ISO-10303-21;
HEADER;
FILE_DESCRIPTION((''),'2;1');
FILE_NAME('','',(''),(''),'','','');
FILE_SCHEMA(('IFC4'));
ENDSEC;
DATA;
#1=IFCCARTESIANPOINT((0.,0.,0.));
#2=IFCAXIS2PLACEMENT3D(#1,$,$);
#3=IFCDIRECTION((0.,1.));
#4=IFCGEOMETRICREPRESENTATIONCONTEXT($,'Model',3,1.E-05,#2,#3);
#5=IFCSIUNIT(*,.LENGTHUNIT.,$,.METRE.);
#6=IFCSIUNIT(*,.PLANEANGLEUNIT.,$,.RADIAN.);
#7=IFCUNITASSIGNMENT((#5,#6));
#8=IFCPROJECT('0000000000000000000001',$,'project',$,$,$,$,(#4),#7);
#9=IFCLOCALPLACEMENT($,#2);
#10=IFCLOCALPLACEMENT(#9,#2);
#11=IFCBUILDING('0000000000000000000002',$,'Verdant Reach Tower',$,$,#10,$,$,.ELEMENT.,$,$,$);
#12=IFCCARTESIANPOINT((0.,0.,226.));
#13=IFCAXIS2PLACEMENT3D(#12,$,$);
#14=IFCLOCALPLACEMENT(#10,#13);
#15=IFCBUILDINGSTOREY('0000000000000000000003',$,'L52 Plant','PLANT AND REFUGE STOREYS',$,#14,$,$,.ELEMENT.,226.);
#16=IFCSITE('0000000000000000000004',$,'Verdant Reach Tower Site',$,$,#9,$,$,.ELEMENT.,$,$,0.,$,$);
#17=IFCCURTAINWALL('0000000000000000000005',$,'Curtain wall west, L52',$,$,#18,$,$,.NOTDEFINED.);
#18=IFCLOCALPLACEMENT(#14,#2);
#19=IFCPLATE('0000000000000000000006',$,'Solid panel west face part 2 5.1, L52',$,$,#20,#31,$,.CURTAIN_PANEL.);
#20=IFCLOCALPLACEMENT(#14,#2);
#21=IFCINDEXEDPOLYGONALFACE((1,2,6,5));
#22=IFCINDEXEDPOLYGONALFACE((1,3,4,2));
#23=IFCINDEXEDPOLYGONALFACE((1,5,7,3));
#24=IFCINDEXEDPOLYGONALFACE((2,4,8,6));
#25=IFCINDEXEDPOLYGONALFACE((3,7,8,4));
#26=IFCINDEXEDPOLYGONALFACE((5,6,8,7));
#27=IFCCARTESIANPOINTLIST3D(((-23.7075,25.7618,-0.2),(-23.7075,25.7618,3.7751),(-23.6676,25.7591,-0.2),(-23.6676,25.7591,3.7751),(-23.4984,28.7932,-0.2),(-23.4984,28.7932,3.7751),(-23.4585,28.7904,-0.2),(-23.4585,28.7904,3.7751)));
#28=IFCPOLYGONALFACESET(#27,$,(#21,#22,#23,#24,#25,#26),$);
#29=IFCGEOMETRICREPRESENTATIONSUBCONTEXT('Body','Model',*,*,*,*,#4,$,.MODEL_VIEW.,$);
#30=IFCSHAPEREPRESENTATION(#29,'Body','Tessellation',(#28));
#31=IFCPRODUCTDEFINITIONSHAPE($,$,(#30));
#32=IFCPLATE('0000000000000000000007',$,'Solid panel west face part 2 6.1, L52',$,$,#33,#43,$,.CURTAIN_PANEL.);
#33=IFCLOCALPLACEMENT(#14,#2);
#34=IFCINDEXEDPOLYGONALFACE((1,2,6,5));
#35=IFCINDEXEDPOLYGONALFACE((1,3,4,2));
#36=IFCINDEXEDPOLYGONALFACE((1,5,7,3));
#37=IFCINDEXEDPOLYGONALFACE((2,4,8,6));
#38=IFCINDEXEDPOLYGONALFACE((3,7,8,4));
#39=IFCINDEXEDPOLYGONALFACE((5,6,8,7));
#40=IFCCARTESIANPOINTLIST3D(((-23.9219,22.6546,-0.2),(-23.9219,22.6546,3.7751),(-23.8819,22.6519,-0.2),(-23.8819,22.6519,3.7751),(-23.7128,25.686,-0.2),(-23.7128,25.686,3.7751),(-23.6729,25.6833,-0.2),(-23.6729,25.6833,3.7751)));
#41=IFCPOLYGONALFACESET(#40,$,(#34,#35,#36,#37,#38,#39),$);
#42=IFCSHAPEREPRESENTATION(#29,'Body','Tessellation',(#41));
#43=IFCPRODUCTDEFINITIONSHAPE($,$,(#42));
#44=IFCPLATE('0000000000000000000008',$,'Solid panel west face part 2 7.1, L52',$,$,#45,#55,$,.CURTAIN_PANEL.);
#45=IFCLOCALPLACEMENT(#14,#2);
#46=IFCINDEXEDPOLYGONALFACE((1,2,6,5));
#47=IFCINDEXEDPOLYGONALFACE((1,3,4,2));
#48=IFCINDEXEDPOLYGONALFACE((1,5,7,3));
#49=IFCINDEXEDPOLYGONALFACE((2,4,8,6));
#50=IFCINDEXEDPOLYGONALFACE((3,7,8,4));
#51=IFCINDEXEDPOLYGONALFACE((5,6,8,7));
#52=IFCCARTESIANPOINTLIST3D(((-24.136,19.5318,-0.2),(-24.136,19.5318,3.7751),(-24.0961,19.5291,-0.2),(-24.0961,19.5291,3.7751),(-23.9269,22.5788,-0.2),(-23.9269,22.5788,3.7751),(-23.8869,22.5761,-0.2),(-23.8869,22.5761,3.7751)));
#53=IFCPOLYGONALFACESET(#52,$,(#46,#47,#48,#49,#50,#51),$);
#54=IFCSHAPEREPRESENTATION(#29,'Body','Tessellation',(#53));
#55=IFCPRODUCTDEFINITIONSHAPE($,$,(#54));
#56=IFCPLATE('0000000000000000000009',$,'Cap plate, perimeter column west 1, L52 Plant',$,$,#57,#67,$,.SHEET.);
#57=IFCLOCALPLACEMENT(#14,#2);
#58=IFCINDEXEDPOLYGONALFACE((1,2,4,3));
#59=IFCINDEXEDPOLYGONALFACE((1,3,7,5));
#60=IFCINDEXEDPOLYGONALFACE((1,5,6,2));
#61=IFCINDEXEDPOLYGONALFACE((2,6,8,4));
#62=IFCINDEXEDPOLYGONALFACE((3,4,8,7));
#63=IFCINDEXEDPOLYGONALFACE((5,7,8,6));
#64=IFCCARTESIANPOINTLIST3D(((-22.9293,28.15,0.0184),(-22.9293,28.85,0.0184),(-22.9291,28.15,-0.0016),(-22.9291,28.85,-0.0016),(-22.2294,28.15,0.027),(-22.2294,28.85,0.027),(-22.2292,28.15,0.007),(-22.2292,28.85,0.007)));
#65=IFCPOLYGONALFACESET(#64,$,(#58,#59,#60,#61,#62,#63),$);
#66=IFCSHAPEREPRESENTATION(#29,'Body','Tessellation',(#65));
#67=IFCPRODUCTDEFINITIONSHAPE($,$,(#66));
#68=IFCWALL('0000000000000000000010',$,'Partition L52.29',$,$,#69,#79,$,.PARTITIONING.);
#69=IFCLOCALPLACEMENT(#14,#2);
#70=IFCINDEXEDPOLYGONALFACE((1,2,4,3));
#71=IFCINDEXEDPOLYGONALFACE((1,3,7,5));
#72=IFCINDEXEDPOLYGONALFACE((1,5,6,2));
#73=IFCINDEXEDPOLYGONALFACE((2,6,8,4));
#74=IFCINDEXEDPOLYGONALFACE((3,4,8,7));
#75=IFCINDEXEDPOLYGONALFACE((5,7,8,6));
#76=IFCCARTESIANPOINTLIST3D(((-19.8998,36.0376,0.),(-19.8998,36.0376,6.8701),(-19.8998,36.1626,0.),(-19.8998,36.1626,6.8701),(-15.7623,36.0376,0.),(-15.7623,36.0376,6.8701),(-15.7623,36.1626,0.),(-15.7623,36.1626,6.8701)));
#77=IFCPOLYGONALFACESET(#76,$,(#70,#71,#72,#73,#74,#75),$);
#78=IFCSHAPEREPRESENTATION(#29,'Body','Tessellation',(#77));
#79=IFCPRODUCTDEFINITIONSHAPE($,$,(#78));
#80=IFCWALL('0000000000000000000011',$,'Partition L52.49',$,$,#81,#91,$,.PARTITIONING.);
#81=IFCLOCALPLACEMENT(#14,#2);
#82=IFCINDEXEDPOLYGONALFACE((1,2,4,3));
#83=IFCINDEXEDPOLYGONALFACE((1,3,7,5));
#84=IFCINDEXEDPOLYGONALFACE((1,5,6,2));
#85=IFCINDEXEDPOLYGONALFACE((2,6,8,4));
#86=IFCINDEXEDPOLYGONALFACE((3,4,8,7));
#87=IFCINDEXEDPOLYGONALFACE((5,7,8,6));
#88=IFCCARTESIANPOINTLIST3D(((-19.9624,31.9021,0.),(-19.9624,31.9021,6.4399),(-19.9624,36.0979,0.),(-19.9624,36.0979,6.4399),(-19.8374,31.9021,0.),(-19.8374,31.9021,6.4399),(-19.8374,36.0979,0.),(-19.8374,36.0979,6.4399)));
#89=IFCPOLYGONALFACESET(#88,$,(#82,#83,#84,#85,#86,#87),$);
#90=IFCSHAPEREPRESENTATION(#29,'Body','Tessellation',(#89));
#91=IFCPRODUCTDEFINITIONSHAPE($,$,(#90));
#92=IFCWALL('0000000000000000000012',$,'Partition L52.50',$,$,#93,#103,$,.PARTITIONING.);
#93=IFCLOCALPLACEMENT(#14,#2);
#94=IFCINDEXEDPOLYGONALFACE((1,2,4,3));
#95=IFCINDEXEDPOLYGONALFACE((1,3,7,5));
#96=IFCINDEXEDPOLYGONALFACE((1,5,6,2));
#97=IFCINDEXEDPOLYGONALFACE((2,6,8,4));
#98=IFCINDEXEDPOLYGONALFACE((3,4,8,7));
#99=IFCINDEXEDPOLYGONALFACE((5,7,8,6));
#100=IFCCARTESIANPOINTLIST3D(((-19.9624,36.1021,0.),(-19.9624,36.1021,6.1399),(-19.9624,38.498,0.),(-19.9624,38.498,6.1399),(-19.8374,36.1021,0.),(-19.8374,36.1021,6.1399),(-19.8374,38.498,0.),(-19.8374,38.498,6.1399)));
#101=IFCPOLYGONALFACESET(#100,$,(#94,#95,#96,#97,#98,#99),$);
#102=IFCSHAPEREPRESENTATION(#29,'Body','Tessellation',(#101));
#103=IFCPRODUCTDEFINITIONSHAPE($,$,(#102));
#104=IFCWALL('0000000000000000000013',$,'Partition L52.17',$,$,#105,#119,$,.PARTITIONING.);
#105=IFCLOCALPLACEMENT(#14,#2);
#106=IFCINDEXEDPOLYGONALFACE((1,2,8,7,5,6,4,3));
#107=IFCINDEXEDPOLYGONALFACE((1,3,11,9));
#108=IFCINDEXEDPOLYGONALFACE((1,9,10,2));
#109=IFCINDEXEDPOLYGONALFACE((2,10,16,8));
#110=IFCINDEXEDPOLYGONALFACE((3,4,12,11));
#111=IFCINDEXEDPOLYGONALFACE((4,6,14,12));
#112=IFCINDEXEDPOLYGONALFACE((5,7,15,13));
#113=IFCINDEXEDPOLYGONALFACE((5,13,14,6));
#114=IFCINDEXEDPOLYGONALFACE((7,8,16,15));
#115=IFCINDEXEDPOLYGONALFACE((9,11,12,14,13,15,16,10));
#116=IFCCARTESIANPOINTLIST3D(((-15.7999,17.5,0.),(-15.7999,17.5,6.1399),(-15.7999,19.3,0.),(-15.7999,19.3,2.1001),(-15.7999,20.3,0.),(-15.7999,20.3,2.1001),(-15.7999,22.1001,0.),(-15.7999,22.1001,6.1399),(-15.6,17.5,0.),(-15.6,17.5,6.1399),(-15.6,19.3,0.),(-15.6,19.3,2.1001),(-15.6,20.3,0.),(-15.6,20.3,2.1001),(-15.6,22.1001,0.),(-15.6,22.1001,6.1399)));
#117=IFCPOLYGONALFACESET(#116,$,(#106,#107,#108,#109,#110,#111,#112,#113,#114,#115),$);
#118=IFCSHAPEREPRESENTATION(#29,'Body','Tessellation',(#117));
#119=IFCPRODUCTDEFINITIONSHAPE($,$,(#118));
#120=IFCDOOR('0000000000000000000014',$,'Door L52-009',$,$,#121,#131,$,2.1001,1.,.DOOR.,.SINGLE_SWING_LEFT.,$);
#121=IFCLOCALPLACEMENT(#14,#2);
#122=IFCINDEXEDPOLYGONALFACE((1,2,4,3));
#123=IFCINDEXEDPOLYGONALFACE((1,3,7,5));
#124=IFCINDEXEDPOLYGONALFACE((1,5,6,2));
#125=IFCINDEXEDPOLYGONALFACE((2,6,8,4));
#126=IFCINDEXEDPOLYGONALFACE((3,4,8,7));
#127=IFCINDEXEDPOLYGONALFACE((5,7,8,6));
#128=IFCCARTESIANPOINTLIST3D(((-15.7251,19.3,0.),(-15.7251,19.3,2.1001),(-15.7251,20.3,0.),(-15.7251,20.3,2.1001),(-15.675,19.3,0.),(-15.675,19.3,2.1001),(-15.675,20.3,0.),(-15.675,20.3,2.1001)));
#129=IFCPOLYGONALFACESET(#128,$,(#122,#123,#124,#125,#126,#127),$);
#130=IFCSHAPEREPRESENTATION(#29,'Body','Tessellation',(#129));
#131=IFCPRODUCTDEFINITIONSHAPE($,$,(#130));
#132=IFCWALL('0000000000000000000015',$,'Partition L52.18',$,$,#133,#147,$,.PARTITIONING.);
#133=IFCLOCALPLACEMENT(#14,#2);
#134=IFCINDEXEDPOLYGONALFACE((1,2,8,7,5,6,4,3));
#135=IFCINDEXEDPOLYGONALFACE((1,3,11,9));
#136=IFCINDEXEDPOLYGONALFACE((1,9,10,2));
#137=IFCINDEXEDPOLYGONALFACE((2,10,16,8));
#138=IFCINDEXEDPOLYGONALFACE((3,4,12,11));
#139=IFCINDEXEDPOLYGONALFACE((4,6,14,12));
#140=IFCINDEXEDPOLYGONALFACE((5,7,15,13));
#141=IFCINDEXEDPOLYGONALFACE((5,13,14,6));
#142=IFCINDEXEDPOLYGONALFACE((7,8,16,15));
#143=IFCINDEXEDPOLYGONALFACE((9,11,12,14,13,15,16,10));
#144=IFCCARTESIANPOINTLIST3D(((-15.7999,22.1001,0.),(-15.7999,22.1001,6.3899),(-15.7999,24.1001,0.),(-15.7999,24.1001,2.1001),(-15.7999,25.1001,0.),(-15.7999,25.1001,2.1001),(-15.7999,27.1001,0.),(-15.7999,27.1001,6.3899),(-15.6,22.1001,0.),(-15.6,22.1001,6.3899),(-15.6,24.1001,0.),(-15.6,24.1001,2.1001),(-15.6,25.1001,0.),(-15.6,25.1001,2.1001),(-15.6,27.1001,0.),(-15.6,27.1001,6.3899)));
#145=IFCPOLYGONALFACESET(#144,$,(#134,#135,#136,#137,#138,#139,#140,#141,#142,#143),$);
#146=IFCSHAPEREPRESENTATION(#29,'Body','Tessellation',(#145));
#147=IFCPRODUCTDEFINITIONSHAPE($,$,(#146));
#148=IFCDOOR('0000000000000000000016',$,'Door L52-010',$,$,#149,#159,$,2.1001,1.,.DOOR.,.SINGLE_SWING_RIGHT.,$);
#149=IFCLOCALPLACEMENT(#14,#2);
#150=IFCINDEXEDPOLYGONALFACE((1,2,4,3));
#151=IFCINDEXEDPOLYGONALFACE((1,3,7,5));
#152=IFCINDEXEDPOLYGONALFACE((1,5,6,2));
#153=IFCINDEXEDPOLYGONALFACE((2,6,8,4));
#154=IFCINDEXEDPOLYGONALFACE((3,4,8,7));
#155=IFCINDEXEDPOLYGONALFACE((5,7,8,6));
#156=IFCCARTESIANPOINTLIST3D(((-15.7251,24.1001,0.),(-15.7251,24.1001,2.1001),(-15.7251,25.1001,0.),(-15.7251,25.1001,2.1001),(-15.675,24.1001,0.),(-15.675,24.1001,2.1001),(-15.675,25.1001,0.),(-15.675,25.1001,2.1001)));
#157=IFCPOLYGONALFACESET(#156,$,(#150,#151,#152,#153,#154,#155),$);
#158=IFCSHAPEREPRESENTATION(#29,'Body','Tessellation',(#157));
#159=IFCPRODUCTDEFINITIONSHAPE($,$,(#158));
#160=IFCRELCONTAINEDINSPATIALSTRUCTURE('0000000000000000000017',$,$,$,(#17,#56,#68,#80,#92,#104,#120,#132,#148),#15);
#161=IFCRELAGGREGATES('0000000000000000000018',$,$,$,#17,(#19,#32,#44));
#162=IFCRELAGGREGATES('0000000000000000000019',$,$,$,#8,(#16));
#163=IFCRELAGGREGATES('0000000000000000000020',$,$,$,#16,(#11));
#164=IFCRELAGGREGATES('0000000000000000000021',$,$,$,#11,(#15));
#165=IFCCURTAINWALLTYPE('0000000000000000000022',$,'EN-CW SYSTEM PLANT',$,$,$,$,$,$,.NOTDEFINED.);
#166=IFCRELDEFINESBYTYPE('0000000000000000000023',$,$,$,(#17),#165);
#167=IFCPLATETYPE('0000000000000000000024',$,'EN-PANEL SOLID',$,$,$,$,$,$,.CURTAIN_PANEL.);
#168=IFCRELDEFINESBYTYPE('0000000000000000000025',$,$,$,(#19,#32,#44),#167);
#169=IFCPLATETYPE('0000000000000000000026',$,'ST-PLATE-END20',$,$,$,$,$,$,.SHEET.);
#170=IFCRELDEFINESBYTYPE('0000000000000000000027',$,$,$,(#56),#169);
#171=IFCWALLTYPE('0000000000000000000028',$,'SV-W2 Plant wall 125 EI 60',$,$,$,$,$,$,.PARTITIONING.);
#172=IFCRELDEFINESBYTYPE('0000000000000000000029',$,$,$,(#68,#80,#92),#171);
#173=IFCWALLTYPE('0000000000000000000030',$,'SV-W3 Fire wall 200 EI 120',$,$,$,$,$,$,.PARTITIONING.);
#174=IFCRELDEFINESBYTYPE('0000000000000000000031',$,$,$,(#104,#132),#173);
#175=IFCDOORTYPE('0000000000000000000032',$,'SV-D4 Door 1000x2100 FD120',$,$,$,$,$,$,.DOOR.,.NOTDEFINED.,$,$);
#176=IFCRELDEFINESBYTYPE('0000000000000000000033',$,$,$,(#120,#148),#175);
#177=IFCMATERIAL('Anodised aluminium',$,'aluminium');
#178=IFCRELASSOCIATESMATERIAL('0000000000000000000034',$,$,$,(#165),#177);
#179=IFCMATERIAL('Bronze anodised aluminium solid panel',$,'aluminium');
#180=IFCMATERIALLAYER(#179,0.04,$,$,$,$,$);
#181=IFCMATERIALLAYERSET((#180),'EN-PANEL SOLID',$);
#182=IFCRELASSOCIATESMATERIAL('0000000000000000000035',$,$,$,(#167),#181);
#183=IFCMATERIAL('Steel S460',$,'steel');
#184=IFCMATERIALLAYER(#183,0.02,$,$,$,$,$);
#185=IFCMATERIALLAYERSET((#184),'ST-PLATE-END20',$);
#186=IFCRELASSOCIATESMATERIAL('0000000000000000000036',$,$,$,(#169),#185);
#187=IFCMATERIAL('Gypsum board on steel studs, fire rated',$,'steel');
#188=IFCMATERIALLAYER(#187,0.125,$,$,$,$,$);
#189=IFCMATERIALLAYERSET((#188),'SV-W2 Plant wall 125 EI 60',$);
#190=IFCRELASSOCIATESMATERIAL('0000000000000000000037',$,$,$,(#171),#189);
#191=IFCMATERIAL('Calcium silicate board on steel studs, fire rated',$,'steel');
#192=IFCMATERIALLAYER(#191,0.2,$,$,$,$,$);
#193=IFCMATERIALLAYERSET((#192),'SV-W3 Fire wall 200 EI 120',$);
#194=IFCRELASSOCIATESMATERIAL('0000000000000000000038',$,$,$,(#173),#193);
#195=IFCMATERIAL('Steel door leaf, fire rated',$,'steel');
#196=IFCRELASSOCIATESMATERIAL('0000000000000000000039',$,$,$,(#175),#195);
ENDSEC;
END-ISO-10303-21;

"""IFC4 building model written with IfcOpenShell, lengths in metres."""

from ifc_helpers import new_model, si_unit, direction, frame, frame_2d, origin, origin_2d, place, context, subcontext, project, spatial, rectangle, extrude, material, layer, layer_set, type_object, element, fill, aggregate, save


model = new_model("IFC4")

# Units and contexts
model_context = context("Model", 3, precision=1e-05, world=origin(), true_north=direction((0.0, 1.0)))
body_context = subcontext(model_context, "Body", "Model", "MODEL_VIEW")
ifc_project = project(units=[si_unit("LENGTHUNIT", "METRE"), si_unit("PLANEANGLEUNIT", "RADIAN")], contexts=[model_context])

# Site, building, storey
site_placement = place(None, origin())
site = spatial("IfcSite", under=ifc_project, at=site_placement, Name="Verdant Reach Tower Site", CompositionType="ELEMENT", RefElevation=0.0)
building_placement = place(site_placement, origin())
building = spatial("IfcBuilding", under=site, at=building_placement, Name="Verdant Reach Tower", CompositionType="ELEMENT")
storey_placement = place(building_placement, frame((0.0, 0.0, 226.0)))
storey = spatial("IfcBuildingStorey", under=building, at=storey_placement, Name="L52 Plant", Description="PLANT AND REFUGE STOREYS", CompositionType="ELEMENT", Elevation=226.0)

# Shared definitions
ifc_material_1 = material(Name="Steel S460", Category="steel")

# Curtain wall
ifc_material_2 = material(Name="Anodised aluminium", Category="aluminium")
curtain_wall_type = type_object("IfcCurtainWallType", Name="EN-CW SYSTEM PLANT", PredefinedType="NOTDEFINED", material=ifc_material_2)
curtain_wall_1_placement = place(storey_placement, origin())
curtain_wall_1 = element("IfcCurtainWall", 1, at=curtain_wall_1_placement, inside=storey, type_object=curtain_wall_type, Name="Curtain wall west, L52", PredefinedType="NOTDEFINED")

# Plates
ifc_material_3 = material(Name="Bronze anodised aluminium solid panel", Category="aluminium")
ifc_layer_1 = layer(ifc_material_3, 0.04)
ifc_layer_set_1 = layer_set([ifc_layer_1], Name="EN-PANEL SOLID")
plate_type_1 = type_object("IfcPlateType", Name="EN-PANEL SOLID", PredefinedType="CURTAIN_PANEL", material=ifc_layer_set_1)
plate_1_placement = place(storey_placement, frame((-23.583, 27.2761, -0.2), z_axis=(0.0, 0.0, 1.0), x_axis=(-0.068802, -0.99763, 0.0)))
plate_1 = element("IfcPlate", 2, at=plate_1_placement, type_object=plate_type_1, Name="Solid panel west face part 2 5.1, L52", PredefinedType="CURTAIN_PANEL", context=body_context, shape_type="SweptSolid", body=[
    extrude(rectangle(XDim=3.0386, YDim=0.04, at=origin_2d()), origin(), (0.0, 0.0, 1.0), 3.9751),
])
plate_2_placement = place(storey_placement, frame((-23.7974, 24.1689, -0.2), z_axis=(0.0, 0.0, 1.0), x_axis=(-0.068802, -0.99763, 0.0)))
plate_2 = element("IfcPlate", 3, at=plate_2_placement, type_object=plate_type_1, Name="Solid panel west face part 2 6.1, L52", PredefinedType="CURTAIN_PANEL", context=body_context, shape_type="SweptSolid", body=[
    extrude(rectangle(XDim=3.0386, YDim=0.04, at=origin_2d()), origin(), (0.0, 0.0, 1.0), 3.9751),
])
plate_3_placement = place(storey_placement, frame((-24.0115, 21.054, -0.2), z_axis=(0.0, 0.0, 1.0), x_axis=(-0.068469, -0.997653, 0.0)))
plate_3 = element("IfcPlate", 4, at=plate_3_placement, type_object=plate_type_1, Name="Solid panel west face part 2 7.1, L52", PredefinedType="CURTAIN_PANEL", context=body_context, shape_type="SweptSolid", body=[
    extrude(rectangle(XDim=3.0542, YDim=0.04, at=origin_2d()), origin(), (0.0, 0.0, 1.0), 3.9751),
])
ifc_layer_2 = layer(ifc_material_1, 0.02)
ifc_layer_set_2 = layer_set([ifc_layer_2], Name="ST-PLATE-END20")
plate_type_2 = type_object("IfcPlateType", Name="ST-PLATE-END20", PredefinedType="SHEET", material=ifc_layer_set_2)
plate_4_placement = place(storey_placement, frame((-22.5791, 28.5, 0.0027), z_axis=(-0.012194, 0.0, 0.999926), x_axis=(0.0, -1.0, 0.0)))
element("IfcPlate", 5, at=plate_4_placement, inside=storey, type_object=plate_type_2, Name="Cap plate, perimeter column west 1, L52 Plant", PredefinedType="SHEET", context=body_context, shape_type="SweptSolid", body=[
    extrude(rectangle(XDim=0.7, YDim=0.7, at=origin_2d()), origin(), (0.0, 0.0, 1.0), 0.02),
])

# Walls
ifc_material_4 = material(Name="Gypsum board on steel studs, fire rated", Category="steel")
ifc_layer_3 = layer(ifc_material_4, 0.125)
ifc_layer_set_3 = layer_set([ifc_layer_3], Name="SV-W2 Plant wall 125 EI 60")
wall_type_1 = type_object("IfcWallType", Name="SV-W2 Plant wall 125 EI 60", PredefinedType="PARTITIONING", material=ifc_layer_set_3)
wall_1_placement = place(storey_placement, frame((-19.8999, 36.1001, 0.0), z_axis=(0.0, 0.0, 1.0), x_axis=(1.0, 0.0, 0.0)))
element("IfcWall", 6, at=wall_1_placement, inside=storey, type_object=wall_type_1, Name="Partition L52.29", PredefinedType="PARTITIONING", context=body_context, shape_type="SweptSolid", body=[
    extrude(rectangle(XDim=4.1375, YDim=0.125, at=frame_2d((2.0688, 0.0))), origin(), (0.0, 0.0, 1.0), 6.8701),
])
wall_2_placement = place(storey_placement, frame((-19.8999, 31.9021, 0.0), z_axis=(0.0, 0.0, 1.0), x_axis=(0.0, 1.0, 0.0)))
element("IfcWall", 7, at=wall_2_placement, inside=storey, type_object=wall_type_1, Name="Partition L52.49", PredefinedType="PARTITIONING", context=body_context, shape_type="SweptSolid", body=[
    extrude(rectangle(XDim=4.1958, YDim=0.125, at=frame_2d((2.0979, 0.0))), origin(), (0.0, 0.0, 1.0), 6.4399),
])
wall_3_placement = place(storey_placement, frame((-19.8999, 36.1021, 0.0), z_axis=(0.0, 0.0, 1.0), x_axis=(0.0, 1.0, 0.0)))
element("IfcWall", 8, at=wall_3_placement, inside=storey, type_object=wall_type_1, Name="Partition L52.50", PredefinedType="PARTITIONING", context=body_context, shape_type="SweptSolid", body=[
    extrude(rectangle(XDim=2.396, YDim=0.125, at=frame_2d((1.198, 0.0))), origin(), (0.0, 0.0, 1.0), 6.1399),
])

# Walls, openings, doors
ifc_material_5 = material(Name="Calcium silicate board on steel studs, fire rated", Category="steel")
ifc_layer_4 = layer(ifc_material_5, 0.2)
ifc_layer_set_4 = layer_set([ifc_layer_4], Name="SV-W3 Fire wall 200 EI 120")
wall_type_2 = type_object("IfcWallType", Name="SV-W3 Fire wall 200 EI 120", PredefinedType="PARTITIONING", material=ifc_layer_set_4)
wall_4_placement = place(storey_placement, frame((-15.7, 22.1001, 0.0), z_axis=(0.0, 0.0, 1.0), x_axis=(0.0, -1.0, 0.0)))
wall_4 = element("IfcWall", 9, at=wall_4_placement, inside=storey, type_object=wall_type_2, Name="Partition L52.17", PredefinedType="PARTITIONING", context=body_context, shape_type="SweptSolid", body=[
    extrude(rectangle(XDim=4.6001, YDim=0.2, at=frame_2d((2.3, 0.0))), origin(), (0.0, 0.0, 1.0), 6.1399),
])
opening_1_placement = place(wall_4_placement, frame((1.8, 0.0, 0.0)))
opening_1 = element("IfcOpeningElement", 10, at=opening_1_placement, cuts=wall_4, PredefinedType="OPENING", context=body_context, shape_type="SweptSolid", body=[
    extrude(rectangle(XDim=1.0, YDim=2.1001, at=frame_2d((0.5, 1.05))), frame((0.0, 0.1099, 0.0), z_axis=(0.0, -1.0, 0.0), x_axis=(1.0, 0.0, 0.0)), (0.0, 0.0, 1.0), 0.22),
])
ifc_material_6 = material(Name="Steel door leaf, fire rated", Category="steel")
door_type = type_object("IfcDoorType", Name="SV-D4 Door 1000x2100 FD120", OperationType="NOTDEFINED", PredefinedType="DOOR", material=ifc_material_6)
door_1_placement = place(opening_1_placement, origin())
door_1 = element("IfcDoor", 11, at=door_1_placement, inside=storey, type_object=door_type, Name="Door L52-009", OperationType="SINGLE_SWING_LEFT", OverallHeight=2.1001, OverallWidth=1.0, PredefinedType="DOOR", context=body_context, shape_type="SweptSolid", body=[
    extrude(rectangle(XDim=1.0, YDim=2.1001, at=frame_2d((0.5, 1.05))), frame((0.0, 0.0249, 0.0), z_axis=(0.0, -1.0, 0.0), x_axis=(1.0, 0.0, 0.0)), (0.0, 0.0, 1.0), 0.05),
])
fill(opening_1, door_1)
wall_5_placement = place(storey_placement, frame((-15.7, 27.1001, 0.0), z_axis=(0.0, 0.0, 1.0), x_axis=(0.0, -1.0, 0.0)))
wall_5 = element("IfcWall", 12, at=wall_5_placement, inside=storey, type_object=wall_type_2, Name="Partition L52.18", PredefinedType="PARTITIONING", context=body_context, shape_type="SweptSolid", body=[
    extrude(rectangle(XDim=5.0, YDim=0.2, at=frame_2d((2.5, 0.0))), origin(), (0.0, 0.0, 1.0), 6.3899),
])
opening_2_placement = place(wall_5_placement, frame((2.0, 0.0, 0.0)))
opening_2 = element("IfcOpeningElement", 13, at=opening_2_placement, cuts=wall_5, PredefinedType="OPENING", context=body_context, shape_type="SweptSolid", body=[
    extrude(rectangle(XDim=1.0, YDim=2.1001, at=frame_2d((0.5, 1.05))), frame((0.0, 0.1099, 0.0), z_axis=(0.0, -1.0, 0.0), x_axis=(1.0, 0.0, 0.0)), (0.0, 0.0, 1.0), 0.22),
])
door_2_placement = place(opening_2_placement, origin())
door_2 = element("IfcDoor", 14, at=door_2_placement, inside=storey, type_object=door_type, Name="Door L52-010", OperationType="SINGLE_SWING_RIGHT", OverallHeight=2.1001, OverallWidth=1.0, PredefinedType="DOOR", context=body_context, shape_type="SweptSolid", body=[
    extrude(rectangle(XDim=1.0, YDim=2.1001, at=frame_2d((0.5, 1.05))), frame((0.0, 0.0249, 0.0), z_axis=(0.0, -1.0, 0.0), x_axis=(1.0, 0.0, 0.0)), (0.0, 0.0, 1.0), 0.05),
])
fill(opening_2, door_2)

aggregate(curtain_wall_1, [plate_1, plate_2, plate_3])

save(model, "model.ifc")
